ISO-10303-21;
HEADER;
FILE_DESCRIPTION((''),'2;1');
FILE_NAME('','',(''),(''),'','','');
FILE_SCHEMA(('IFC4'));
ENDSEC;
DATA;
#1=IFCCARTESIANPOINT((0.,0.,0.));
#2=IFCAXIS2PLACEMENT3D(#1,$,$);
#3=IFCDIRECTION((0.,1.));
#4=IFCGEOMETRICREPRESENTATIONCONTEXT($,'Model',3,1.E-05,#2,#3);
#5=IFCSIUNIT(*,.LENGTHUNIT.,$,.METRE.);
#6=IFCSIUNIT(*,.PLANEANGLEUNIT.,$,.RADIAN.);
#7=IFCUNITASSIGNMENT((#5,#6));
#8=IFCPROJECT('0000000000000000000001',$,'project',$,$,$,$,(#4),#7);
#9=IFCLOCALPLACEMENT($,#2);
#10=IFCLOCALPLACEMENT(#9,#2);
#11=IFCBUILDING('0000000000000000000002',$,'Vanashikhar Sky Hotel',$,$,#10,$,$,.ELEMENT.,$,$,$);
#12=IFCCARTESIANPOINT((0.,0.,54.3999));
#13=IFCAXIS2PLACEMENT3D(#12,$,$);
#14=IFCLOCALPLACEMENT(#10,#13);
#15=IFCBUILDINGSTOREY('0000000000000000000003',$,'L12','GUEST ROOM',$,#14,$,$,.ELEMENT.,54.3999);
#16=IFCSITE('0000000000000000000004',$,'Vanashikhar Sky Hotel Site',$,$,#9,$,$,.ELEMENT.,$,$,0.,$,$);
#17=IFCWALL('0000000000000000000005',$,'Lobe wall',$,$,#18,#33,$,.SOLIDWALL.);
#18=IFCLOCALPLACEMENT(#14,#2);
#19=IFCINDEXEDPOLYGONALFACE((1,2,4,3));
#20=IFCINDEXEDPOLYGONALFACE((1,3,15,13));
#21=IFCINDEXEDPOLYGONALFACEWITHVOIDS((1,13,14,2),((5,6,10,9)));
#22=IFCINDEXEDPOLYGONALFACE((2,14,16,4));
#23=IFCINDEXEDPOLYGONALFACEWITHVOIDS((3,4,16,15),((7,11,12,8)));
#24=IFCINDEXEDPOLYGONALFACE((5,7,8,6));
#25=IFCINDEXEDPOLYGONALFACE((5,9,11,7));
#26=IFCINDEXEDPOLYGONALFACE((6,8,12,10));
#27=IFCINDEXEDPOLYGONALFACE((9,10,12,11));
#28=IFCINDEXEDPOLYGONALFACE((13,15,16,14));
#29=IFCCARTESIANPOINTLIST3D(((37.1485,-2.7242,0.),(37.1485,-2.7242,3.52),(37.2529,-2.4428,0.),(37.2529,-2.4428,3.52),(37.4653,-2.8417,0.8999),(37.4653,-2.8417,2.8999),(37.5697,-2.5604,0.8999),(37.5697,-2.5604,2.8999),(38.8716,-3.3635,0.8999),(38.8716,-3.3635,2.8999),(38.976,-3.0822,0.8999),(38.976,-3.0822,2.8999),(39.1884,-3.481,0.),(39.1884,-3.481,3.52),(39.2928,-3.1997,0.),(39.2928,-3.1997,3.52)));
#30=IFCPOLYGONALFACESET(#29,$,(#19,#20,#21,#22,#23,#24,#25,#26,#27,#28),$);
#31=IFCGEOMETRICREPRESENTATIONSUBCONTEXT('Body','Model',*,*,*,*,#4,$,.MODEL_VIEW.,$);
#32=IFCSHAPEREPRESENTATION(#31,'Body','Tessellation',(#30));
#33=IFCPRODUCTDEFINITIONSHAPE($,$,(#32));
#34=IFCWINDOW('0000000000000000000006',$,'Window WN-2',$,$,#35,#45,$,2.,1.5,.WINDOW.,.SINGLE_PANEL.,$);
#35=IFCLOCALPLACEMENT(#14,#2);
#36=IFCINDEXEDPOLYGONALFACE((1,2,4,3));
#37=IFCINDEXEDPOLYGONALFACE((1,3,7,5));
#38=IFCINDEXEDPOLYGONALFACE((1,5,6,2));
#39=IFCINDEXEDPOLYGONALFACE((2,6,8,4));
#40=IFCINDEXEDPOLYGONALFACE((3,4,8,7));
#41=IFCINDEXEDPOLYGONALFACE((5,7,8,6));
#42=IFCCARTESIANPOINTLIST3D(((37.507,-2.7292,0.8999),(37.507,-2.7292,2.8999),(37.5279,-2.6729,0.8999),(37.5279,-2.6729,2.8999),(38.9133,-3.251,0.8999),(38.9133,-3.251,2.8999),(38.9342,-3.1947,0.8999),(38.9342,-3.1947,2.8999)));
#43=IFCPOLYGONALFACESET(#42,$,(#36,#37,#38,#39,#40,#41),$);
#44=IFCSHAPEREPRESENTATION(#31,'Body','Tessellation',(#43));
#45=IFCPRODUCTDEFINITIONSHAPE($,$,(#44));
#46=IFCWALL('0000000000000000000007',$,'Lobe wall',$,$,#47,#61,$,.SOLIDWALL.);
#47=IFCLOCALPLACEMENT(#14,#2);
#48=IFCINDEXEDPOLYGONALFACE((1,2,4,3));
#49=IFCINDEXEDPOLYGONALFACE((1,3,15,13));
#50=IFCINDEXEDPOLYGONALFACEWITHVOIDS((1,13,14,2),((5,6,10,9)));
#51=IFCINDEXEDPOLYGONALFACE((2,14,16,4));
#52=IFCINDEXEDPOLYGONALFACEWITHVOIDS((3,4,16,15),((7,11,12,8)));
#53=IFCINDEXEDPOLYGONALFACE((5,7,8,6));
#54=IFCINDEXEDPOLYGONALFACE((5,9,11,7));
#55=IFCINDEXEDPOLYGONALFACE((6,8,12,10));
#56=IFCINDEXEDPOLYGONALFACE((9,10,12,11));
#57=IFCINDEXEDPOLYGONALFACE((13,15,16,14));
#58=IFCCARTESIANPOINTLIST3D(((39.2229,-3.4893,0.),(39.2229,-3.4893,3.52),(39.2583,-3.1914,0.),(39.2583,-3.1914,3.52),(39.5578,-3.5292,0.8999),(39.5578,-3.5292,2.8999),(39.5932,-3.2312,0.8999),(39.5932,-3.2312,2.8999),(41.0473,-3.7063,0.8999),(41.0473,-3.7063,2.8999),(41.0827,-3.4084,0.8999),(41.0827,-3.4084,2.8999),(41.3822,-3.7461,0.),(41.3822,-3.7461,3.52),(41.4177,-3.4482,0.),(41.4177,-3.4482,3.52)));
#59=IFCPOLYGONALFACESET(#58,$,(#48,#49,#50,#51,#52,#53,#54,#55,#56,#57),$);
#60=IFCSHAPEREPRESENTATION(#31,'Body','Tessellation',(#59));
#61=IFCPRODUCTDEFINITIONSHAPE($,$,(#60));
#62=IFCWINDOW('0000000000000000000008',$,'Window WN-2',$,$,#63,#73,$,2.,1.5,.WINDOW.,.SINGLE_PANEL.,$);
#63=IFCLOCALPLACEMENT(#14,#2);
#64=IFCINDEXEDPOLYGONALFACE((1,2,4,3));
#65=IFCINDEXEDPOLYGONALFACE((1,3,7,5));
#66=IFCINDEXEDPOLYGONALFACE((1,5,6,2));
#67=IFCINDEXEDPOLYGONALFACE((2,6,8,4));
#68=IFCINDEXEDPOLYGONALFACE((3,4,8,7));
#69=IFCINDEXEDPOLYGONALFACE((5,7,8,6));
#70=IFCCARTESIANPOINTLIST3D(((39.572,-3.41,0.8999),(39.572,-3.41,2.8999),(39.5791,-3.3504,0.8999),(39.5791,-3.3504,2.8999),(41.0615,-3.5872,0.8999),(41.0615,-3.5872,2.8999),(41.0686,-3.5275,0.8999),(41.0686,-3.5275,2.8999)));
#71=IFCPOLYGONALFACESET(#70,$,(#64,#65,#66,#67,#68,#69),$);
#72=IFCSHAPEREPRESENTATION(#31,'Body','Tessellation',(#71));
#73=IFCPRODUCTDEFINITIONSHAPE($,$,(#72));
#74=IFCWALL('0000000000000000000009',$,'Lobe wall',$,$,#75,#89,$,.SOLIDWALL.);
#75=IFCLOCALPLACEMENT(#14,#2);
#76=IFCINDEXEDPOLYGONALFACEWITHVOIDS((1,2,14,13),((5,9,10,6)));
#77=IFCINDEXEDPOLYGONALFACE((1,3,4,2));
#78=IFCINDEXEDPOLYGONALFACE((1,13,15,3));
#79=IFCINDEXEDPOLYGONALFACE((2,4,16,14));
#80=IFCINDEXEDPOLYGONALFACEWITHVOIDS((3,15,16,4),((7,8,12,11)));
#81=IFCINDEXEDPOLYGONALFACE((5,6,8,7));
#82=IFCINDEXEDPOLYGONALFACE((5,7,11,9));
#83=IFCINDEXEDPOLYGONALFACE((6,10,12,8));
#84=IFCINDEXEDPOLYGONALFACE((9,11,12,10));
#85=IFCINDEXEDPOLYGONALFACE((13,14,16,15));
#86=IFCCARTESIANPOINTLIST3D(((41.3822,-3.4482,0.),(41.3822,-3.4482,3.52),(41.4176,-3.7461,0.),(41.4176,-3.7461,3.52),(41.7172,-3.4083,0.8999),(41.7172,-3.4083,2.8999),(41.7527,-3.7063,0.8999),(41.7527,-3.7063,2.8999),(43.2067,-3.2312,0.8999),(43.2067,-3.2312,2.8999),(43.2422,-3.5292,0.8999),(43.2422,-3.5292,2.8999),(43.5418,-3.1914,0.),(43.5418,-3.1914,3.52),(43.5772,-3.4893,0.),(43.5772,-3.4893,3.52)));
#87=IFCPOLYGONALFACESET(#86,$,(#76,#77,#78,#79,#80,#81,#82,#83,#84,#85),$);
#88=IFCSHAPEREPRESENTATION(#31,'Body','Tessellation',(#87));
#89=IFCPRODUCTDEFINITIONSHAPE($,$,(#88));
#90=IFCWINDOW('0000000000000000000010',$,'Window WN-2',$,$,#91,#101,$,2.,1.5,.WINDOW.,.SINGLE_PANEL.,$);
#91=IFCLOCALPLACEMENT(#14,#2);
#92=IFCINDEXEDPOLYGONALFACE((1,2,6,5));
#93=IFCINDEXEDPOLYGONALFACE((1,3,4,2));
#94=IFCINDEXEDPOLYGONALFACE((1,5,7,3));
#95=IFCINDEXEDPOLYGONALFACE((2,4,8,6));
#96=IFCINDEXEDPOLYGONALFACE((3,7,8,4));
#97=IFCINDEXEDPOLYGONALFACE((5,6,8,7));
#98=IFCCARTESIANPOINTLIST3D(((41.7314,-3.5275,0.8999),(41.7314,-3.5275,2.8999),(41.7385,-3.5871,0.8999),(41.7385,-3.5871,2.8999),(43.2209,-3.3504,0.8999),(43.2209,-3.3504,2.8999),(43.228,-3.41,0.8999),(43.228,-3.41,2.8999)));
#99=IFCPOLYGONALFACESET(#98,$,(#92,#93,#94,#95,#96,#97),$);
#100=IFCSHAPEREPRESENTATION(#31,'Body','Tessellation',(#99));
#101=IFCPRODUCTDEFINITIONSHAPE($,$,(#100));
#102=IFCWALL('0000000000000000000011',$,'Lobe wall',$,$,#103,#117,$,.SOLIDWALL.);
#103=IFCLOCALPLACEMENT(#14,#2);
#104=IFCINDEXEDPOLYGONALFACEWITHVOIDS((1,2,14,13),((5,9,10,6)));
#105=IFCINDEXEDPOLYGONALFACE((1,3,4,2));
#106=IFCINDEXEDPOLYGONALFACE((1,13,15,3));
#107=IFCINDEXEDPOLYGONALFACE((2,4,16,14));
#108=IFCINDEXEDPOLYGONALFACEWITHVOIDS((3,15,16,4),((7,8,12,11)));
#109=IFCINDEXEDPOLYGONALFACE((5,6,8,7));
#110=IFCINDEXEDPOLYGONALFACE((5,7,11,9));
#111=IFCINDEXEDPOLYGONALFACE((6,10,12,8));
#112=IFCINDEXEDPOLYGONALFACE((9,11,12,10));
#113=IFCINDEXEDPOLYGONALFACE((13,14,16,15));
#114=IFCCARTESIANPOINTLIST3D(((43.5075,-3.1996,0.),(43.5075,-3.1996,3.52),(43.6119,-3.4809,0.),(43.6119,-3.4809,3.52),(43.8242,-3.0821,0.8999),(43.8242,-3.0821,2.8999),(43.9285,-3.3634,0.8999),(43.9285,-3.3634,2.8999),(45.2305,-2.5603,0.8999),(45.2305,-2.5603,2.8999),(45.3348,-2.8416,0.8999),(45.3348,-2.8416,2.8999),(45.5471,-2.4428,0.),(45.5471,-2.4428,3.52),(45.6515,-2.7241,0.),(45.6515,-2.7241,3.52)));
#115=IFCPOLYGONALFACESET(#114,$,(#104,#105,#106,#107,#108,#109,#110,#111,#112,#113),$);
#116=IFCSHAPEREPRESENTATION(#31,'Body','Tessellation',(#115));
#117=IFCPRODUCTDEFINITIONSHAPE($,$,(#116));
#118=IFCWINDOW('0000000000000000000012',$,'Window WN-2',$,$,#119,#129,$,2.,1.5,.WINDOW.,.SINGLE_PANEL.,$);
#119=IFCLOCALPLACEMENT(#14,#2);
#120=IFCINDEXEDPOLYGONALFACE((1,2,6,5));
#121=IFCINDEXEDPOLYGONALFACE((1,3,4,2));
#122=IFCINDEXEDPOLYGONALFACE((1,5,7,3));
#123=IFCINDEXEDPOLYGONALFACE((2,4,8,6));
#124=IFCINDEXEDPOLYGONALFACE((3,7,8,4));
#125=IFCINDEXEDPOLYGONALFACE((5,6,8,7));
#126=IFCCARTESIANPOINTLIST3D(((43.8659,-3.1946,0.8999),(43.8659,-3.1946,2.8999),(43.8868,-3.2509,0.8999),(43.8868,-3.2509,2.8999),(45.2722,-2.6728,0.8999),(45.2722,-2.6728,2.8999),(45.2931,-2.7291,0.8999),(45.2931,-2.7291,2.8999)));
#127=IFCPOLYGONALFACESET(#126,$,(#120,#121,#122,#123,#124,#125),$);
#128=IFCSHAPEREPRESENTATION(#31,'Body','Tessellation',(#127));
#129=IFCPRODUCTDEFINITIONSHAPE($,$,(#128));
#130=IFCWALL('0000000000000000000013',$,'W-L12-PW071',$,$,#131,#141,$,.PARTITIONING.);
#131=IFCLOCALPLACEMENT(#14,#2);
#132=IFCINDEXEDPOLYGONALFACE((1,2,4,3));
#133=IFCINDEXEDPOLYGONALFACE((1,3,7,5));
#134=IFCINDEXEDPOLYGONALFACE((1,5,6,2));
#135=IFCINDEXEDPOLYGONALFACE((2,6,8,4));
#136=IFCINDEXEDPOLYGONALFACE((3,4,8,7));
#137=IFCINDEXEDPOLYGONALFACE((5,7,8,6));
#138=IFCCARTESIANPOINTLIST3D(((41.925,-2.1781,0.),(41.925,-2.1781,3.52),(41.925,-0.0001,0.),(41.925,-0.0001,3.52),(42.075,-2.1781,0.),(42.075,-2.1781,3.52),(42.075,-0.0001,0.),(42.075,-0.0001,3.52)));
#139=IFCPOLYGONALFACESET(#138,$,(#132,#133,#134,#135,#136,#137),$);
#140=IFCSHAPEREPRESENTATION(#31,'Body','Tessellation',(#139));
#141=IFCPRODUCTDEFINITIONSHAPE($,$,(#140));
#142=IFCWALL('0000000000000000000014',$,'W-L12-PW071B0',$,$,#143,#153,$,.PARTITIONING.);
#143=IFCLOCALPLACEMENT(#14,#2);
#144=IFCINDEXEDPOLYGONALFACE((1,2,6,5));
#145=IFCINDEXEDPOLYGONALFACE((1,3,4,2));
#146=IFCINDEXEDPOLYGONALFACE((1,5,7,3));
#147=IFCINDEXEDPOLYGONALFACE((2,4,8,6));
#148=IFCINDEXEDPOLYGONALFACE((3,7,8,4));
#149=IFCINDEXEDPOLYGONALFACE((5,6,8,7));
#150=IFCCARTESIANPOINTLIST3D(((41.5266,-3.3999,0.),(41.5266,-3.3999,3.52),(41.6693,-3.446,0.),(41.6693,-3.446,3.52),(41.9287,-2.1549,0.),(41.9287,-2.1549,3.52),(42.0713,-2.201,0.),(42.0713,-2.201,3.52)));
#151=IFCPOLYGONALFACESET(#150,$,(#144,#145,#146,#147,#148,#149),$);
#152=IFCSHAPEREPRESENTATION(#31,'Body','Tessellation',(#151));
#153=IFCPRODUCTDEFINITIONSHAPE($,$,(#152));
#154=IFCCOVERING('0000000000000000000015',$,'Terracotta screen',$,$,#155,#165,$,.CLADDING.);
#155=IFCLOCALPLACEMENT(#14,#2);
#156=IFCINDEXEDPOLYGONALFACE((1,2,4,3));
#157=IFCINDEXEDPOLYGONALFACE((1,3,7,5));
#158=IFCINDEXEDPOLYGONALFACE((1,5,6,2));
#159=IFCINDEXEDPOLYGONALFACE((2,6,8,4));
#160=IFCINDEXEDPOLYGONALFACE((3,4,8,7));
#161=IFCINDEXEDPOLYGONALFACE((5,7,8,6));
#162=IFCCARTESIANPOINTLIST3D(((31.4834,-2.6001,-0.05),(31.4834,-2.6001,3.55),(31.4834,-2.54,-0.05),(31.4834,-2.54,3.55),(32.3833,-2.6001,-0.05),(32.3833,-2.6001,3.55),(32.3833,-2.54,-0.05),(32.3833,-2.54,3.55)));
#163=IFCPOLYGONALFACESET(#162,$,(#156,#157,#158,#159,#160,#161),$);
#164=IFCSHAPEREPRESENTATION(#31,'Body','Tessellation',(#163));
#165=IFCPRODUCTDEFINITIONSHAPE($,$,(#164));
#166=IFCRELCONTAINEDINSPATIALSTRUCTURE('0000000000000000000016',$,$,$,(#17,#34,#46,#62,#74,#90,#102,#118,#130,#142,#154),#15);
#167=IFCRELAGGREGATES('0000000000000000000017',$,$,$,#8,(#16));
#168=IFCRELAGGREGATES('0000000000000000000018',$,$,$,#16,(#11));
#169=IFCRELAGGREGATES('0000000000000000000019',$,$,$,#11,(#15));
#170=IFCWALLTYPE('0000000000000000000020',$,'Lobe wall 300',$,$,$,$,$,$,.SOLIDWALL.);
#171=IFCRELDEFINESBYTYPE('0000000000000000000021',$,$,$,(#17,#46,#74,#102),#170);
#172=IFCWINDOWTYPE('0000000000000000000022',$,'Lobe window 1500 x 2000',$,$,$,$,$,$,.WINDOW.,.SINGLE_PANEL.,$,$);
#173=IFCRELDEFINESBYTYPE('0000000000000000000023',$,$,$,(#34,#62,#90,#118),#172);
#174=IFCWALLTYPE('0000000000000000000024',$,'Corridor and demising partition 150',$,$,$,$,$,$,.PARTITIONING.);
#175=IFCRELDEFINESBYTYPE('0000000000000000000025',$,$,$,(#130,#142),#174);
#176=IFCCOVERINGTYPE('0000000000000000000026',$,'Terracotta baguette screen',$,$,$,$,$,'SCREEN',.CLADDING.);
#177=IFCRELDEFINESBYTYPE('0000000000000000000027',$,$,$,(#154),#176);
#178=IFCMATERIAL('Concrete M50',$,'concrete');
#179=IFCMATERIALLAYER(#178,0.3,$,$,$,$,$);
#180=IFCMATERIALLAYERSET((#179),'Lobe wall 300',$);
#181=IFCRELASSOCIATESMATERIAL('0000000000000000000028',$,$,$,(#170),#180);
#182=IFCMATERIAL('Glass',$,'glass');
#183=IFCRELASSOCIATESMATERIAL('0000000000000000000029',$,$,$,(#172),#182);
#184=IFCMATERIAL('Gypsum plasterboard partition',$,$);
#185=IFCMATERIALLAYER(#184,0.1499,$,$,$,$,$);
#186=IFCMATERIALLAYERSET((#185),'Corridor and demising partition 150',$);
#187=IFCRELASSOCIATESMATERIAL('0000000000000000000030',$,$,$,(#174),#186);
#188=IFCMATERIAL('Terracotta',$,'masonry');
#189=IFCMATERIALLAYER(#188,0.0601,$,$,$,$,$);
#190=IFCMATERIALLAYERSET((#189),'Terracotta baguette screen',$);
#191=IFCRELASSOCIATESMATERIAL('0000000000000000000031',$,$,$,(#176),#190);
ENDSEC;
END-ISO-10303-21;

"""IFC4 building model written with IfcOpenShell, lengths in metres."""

from ifc_helpers import new_model, si_unit, direction, frame, frame_2d, origin, origin_2d, place, context, subcontext, project, spatial, rectangle, extrude, source, transform, mapped, material, layer, layer_set, type_object, element, fill, save


model = new_model("IFC4")

# Units and contexts
model_context = context("Model", 3, precision=1e-05, world=origin(), true_north=direction((0.0, 1.0)))
body_context = subcontext(model_context, "Body", "Model", "MODEL_VIEW")
ifc_project = project(units=[si_unit("LENGTHUNIT", "METRE"), si_unit("PLANEANGLEUNIT", "RADIAN")], contexts=[model_context])

# Site, building, storey
site_placement = place(None, origin())
site = spatial("IfcSite", under=ifc_project, at=site_placement, Name="Vanashikhar Sky Hotel Site", CompositionType="ELEMENT", RefElevation=0.0)
building_placement = place(site_placement, origin())
building = spatial("IfcBuilding", under=site, at=building_placement, Name="Vanashikhar Sky Hotel", CompositionType="ELEMENT")
storey_placement = place(building_placement, frame((0.0, 0.0, 54.3999)))
storey = spatial("IfcBuildingStorey", under=building, at=storey_placement, Name="L12", Description="GUEST ROOM", CompositionType="ELEMENT", Elevation=54.3999)

# Walls, openings, windows
ifc_material_1 = material(Name="Concrete M50", Category="concrete")
ifc_layer_1 = layer(ifc_material_1, 0.3)
ifc_layer_set_1 = layer_set([ifc_layer_1], Name="Lobe wall 300")
wall_type_1 = type_object("IfcWallType", Name="Lobe wall 300", PredefinedType="SOLIDWALL", material=ifc_layer_set_1)
shared_shape_1 = source(origin(), body_context, "Body", "SweptSolid", [
    extrude(rectangle(XDim=2.1758, YDim=0.3, at=frame_2d((1.0879, 0.0))), origin(), (0.0, 0.0, 1.0), 3.52),
])
wall_1_placement = place(storey_placement, frame((37.2007, -2.5835, 0.0), z_axis=(0.0, 0.0, 1.0), x_axis=(0.937546, -0.347863, 0.0)))
wall_1 = element("IfcWall", 1, at=wall_1_placement, inside=storey, type_object=wall_type_1, Name="Lobe wall", PredefinedType="SOLIDWALL", context=body_context, shape_type="MappedRepresentation", body=[
    mapped(shared_shape_1, transform((0.0, 0.0, 0.0), scale=1.0)),
])
shared_shape_2 = source(origin(), body_context, "Body", "SweptSolid", [
    extrude(rectangle(XDim=1.5, YDim=2.0, at=frame_2d((0.75, 1.0))), frame((0.0, 0.1602, 0.0), z_axis=(0.0, -1.0, 0.0), x_axis=(1.0, 0.0, 0.0)), (0.0, 0.0, 1.0), 0.3201),
])
opening_1_placement = place(wall_1_placement, frame((0.3379, 0.0, 0.8999)))
opening_1 = element("IfcOpeningElement", 2, at=opening_1_placement, cuts=wall_1, PredefinedType="OPENING", context=body_context, shape_type="MappedRepresentation", body=[
    mapped(shared_shape_2, transform((0.0, 0.0, 0.0), scale=1.0)),
])
ifc_material_2 = material(Name="Glass", Category="glass")
window_type = type_object("IfcWindowType", Name="Lobe window 1500 x 2000", PartitioningType="SINGLE_PANEL", PredefinedType="WINDOW", material=ifc_material_2)
shared_shape_3 = source(origin(), body_context, "Body", "SweptSolid", [
    extrude(rectangle(XDim=1.5, YDim=2.0, at=frame_2d((0.75, 1.0))), frame((0.0, 0.03, 0.0), z_axis=(0.0, -1.0, 0.0), x_axis=(1.0, 0.0, 0.0)), (0.0, 0.0, 1.0), 0.0601),
])
window_1_placement = place(opening_1_placement, origin())
window_1 = element("IfcWindow", 3, at=window_1_placement, inside=storey, type_object=window_type, Name="Window WN-2", OverallHeight=2.0, OverallWidth=1.5, PartitioningType="SINGLE_PANEL", PredefinedType="WINDOW", context=body_context, shape_type="MappedRepresentation", body=[
    mapped(shared_shape_3, transform((0.0, 0.0, 0.0), scale=1.0)),
])
fill(opening_1, window_1)
shared_shape_4 = source(origin(), body_context, "Body", "SweptSolid", [
    extrude(rectangle(XDim=2.1746, YDim=0.3, at=frame_2d((1.0874, 0.0))), origin(), (0.0, 0.0, 1.0), 3.52),
])
wall_2_placement = place(storey_placement, frame((39.2405, -3.3403, 0.0), z_axis=(0.0, 0.0, 1.0), x_axis=(0.993001, -0.118105, 0.0)))
wall_2 = element("IfcWall", 4, at=wall_2_placement, inside=storey, type_object=wall_type_1, Name="Lobe wall", PredefinedType="SOLIDWALL", context=body_context, shape_type="MappedRepresentation", body=[
    mapped(shared_shape_4, transform((0.0, 0.0, 0.0), scale=1.0)),
])
opening_2_placement = place(wall_2_placement, frame((0.3374, 0.0, 0.8999)))
opening_2 = element("IfcOpeningElement", 5, at=opening_2_placement, cuts=wall_2, PredefinedType="OPENING", context=body_context, shape_type="MappedRepresentation", body=[
    mapped(shared_shape_2, transform((0.0, 0.0, 0.0), scale=1.0)),
])
window_2_placement = place(opening_2_placement, origin())
window_2 = element("IfcWindow", 6, at=window_2_placement, inside=storey, type_object=window_type, Name="Window WN-2", OverallHeight=2.0, OverallWidth=1.5, PartitioningType="SINGLE_PANEL", PredefinedType="WINDOW", context=body_context, shape_type="MappedRepresentation", body=[
    mapped(shared_shape_3, transform((0.0, 0.0, 0.0), scale=1.0)),
])
fill(opening_2, window_2)
shared_shape_5 = source(origin(), body_context, "Body", "SweptSolid", [
    extrude(rectangle(XDim=2.1748, YDim=0.3, at=frame_2d((1.0874, 0.0))), origin(), (0.0, 0.0, 1.0), 3.52),
])
wall_3_placement = place(storey_placement, frame((41.3999, -3.5972, 0.0), z_axis=(0.0, 0.0, 1.0), x_axis=(0.993003, 0.118092, 0.0)))
wall_3 = element("IfcWall", 7, at=wall_3_placement, inside=storey, type_object=wall_type_1, Name="Lobe wall", PredefinedType="SOLIDWALL", context=body_context, shape_type="MappedRepresentation", body=[
    mapped(shared_shape_5, transform((0.0, 0.0, 0.0), scale=1.0)),
])
opening_3_placement = place(wall_3_placement, frame((0.3374, 0.0, 0.8999)))
opening_3 = element("IfcOpeningElement", 8, at=opening_3_placement, cuts=wall_3, PredefinedType="OPENING", context=body_context, shape_type="MappedRepresentation", body=[
    mapped(shared_shape_2, transform((0.0, 0.0, 0.0), scale=1.0)),
])
window_3_placement = place(opening_3_placement, origin())
window_3 = element("IfcWindow", 9, at=window_3_placement, inside=storey, type_object=window_type, Name="Window WN-2", OverallHeight=2.0, OverallWidth=1.5, PartitioningType="SINGLE_PANEL", PredefinedType="WINDOW", context=body_context, shape_type="MappedRepresentation", body=[
    mapped(shared_shape_3, transform((0.0, 0.0, 0.0), scale=1.0)),
])
fill(opening_3, window_3)
shared_shape_6 = source(origin(), body_context, "Body", "SweptSolid", [
    extrude(rectangle(XDim=2.1755, YDim=0.3, at=frame_2d((1.0879, 0.0))), origin(), (0.0, 0.0, 1.0), 3.52),
])
wall_4_placement = place(storey_placement, frame((43.5596, -3.3403, 0.0), z_axis=(0.0, 0.0, 1.0), x_axis=(0.937532, 0.347899, 0.0)))
wall_4 = element("IfcWall", 10, at=wall_4_placement, inside=storey, type_object=wall_type_1, Name="Lobe wall", PredefinedType="SOLIDWALL", context=body_context, shape_type="MappedRepresentation", body=[
    mapped(shared_shape_6, transform((0.0, 0.0, 0.0), scale=1.0)),
])
opening_4_placement = place(wall_4_placement, frame((0.3379, 0.0, 0.8999)))
opening_4 = element("IfcOpeningElement", 11, at=opening_4_placement, cuts=wall_4, PredefinedType="OPENING", context=body_context, shape_type="MappedRepresentation", body=[
    mapped(shared_shape_2, transform((0.0, 0.0, 0.0), scale=1.0)),
])
window_4_placement = place(opening_4_placement, origin())
window_4 = element("IfcWindow", 12, at=window_4_placement, inside=storey, type_object=window_type, Name="Window WN-2", OverallHeight=2.0, OverallWidth=1.5, PartitioningType="SINGLE_PANEL", PredefinedType="WINDOW", context=body_context, shape_type="MappedRepresentation", body=[
    mapped(shared_shape_3, transform((0.0, 0.0, 0.0), scale=1.0)),
])
fill(opening_4, window_4)

# Walls
ifc_material_3 = material(Name="Gypsum plasterboard partition")
ifc_layer_2 = layer(ifc_material_3, 0.1499)
ifc_layer_set_2 = layer_set([ifc_layer_2], Name="Corridor and demising partition 150")
wall_type_2 = type_object("IfcWallType", Name="Corridor and demising partition 150", PredefinedType="PARTITIONING", material=ifc_layer_set_2)
shared_shape_7 = source(origin(), body_context, "Body", "SweptSolid", [
    extrude(rectangle(XDim=2.178, YDim=0.1499, at=frame_2d((1.0889, 0.0))), origin(), (0.0, 0.0, 1.0), 3.52),
])
wall_5_placement = place(storey_placement, frame((42.0, -2.178, 0.0), z_axis=(0.0, 0.0, 1.0), x_axis=(0.0, 1.0, 0.0)))
element("IfcWall", 13, at=wall_5_placement, inside=storey, type_object=wall_type_2, Name="W-L12-PW071", PredefinedType="PARTITIONING", context=body_context, shape_type="MappedRepresentation", body=[
    mapped(shared_shape_7, transform((0.0, 0.0, 0.0), scale=1.0)),
])
shared_shape_8 = source(origin(), body_context, "Body", "SweptSolid", [
    extrude(rectangle(XDim=1.3083, YDim=0.1499, at=frame_2d((0.6543, 0.0))), origin(), (0.0, 0.0, 1.0), 3.52),
])
wall_6_placement = place(storey_placement, frame((41.5979, -3.4231, 0.0), z_axis=(0.0, 0.0, 1.0), x_axis=(0.307314, 0.951608, 0.0)))
element("IfcWall", 14, at=wall_6_placement, inside=storey, type_object=wall_type_2, Name="W-L12-PW071B0", PredefinedType="PARTITIONING", context=body_context, shape_type="MappedRepresentation", body=[
    mapped(shared_shape_8, transform((0.0, 0.0, 0.0), scale=1.0)),
])

# Covering
ifc_material_4 = material(Name="Terracotta", Category="masonry")
ifc_layer_3 = layer(ifc_material_4, 0.0601)
ifc_layer_set_3 = layer_set([ifc_layer_3], Name="Terracotta baguette screen")
covering_type_1 = type_object("IfcCoveringType", Name="Terracotta baguette screen", ElementType="SCREEN", PredefinedType="CLADDING", material=ifc_layer_set_3)
shared_shape_9 = source(origin(), body_context, "Body", "SweptSolid", [
    extrude(rectangle(XDim=0.8999, YDim=0.0601, at=origin_2d()), origin(), (0.0, 0.0, 1.0), 3.6001),
])
covering_placement = place(storey_placement, frame((31.9333, -2.5701, -0.05), z_axis=(0.0, 0.0, 1.0), x_axis=(1.0, 0.0, 0.0)))
element("IfcCovering", 15, at=covering_placement, inside=storey, type_object=covering_type_1, Name="Terracotta screen", PredefinedType="CLADDING", context=body_context, shape_type="MappedRepresentation", body=[
    mapped(shared_shape_9, transform((0.0, 0.0, 0.0), scale=1.0)),
])

save(model, "model.ifc")
